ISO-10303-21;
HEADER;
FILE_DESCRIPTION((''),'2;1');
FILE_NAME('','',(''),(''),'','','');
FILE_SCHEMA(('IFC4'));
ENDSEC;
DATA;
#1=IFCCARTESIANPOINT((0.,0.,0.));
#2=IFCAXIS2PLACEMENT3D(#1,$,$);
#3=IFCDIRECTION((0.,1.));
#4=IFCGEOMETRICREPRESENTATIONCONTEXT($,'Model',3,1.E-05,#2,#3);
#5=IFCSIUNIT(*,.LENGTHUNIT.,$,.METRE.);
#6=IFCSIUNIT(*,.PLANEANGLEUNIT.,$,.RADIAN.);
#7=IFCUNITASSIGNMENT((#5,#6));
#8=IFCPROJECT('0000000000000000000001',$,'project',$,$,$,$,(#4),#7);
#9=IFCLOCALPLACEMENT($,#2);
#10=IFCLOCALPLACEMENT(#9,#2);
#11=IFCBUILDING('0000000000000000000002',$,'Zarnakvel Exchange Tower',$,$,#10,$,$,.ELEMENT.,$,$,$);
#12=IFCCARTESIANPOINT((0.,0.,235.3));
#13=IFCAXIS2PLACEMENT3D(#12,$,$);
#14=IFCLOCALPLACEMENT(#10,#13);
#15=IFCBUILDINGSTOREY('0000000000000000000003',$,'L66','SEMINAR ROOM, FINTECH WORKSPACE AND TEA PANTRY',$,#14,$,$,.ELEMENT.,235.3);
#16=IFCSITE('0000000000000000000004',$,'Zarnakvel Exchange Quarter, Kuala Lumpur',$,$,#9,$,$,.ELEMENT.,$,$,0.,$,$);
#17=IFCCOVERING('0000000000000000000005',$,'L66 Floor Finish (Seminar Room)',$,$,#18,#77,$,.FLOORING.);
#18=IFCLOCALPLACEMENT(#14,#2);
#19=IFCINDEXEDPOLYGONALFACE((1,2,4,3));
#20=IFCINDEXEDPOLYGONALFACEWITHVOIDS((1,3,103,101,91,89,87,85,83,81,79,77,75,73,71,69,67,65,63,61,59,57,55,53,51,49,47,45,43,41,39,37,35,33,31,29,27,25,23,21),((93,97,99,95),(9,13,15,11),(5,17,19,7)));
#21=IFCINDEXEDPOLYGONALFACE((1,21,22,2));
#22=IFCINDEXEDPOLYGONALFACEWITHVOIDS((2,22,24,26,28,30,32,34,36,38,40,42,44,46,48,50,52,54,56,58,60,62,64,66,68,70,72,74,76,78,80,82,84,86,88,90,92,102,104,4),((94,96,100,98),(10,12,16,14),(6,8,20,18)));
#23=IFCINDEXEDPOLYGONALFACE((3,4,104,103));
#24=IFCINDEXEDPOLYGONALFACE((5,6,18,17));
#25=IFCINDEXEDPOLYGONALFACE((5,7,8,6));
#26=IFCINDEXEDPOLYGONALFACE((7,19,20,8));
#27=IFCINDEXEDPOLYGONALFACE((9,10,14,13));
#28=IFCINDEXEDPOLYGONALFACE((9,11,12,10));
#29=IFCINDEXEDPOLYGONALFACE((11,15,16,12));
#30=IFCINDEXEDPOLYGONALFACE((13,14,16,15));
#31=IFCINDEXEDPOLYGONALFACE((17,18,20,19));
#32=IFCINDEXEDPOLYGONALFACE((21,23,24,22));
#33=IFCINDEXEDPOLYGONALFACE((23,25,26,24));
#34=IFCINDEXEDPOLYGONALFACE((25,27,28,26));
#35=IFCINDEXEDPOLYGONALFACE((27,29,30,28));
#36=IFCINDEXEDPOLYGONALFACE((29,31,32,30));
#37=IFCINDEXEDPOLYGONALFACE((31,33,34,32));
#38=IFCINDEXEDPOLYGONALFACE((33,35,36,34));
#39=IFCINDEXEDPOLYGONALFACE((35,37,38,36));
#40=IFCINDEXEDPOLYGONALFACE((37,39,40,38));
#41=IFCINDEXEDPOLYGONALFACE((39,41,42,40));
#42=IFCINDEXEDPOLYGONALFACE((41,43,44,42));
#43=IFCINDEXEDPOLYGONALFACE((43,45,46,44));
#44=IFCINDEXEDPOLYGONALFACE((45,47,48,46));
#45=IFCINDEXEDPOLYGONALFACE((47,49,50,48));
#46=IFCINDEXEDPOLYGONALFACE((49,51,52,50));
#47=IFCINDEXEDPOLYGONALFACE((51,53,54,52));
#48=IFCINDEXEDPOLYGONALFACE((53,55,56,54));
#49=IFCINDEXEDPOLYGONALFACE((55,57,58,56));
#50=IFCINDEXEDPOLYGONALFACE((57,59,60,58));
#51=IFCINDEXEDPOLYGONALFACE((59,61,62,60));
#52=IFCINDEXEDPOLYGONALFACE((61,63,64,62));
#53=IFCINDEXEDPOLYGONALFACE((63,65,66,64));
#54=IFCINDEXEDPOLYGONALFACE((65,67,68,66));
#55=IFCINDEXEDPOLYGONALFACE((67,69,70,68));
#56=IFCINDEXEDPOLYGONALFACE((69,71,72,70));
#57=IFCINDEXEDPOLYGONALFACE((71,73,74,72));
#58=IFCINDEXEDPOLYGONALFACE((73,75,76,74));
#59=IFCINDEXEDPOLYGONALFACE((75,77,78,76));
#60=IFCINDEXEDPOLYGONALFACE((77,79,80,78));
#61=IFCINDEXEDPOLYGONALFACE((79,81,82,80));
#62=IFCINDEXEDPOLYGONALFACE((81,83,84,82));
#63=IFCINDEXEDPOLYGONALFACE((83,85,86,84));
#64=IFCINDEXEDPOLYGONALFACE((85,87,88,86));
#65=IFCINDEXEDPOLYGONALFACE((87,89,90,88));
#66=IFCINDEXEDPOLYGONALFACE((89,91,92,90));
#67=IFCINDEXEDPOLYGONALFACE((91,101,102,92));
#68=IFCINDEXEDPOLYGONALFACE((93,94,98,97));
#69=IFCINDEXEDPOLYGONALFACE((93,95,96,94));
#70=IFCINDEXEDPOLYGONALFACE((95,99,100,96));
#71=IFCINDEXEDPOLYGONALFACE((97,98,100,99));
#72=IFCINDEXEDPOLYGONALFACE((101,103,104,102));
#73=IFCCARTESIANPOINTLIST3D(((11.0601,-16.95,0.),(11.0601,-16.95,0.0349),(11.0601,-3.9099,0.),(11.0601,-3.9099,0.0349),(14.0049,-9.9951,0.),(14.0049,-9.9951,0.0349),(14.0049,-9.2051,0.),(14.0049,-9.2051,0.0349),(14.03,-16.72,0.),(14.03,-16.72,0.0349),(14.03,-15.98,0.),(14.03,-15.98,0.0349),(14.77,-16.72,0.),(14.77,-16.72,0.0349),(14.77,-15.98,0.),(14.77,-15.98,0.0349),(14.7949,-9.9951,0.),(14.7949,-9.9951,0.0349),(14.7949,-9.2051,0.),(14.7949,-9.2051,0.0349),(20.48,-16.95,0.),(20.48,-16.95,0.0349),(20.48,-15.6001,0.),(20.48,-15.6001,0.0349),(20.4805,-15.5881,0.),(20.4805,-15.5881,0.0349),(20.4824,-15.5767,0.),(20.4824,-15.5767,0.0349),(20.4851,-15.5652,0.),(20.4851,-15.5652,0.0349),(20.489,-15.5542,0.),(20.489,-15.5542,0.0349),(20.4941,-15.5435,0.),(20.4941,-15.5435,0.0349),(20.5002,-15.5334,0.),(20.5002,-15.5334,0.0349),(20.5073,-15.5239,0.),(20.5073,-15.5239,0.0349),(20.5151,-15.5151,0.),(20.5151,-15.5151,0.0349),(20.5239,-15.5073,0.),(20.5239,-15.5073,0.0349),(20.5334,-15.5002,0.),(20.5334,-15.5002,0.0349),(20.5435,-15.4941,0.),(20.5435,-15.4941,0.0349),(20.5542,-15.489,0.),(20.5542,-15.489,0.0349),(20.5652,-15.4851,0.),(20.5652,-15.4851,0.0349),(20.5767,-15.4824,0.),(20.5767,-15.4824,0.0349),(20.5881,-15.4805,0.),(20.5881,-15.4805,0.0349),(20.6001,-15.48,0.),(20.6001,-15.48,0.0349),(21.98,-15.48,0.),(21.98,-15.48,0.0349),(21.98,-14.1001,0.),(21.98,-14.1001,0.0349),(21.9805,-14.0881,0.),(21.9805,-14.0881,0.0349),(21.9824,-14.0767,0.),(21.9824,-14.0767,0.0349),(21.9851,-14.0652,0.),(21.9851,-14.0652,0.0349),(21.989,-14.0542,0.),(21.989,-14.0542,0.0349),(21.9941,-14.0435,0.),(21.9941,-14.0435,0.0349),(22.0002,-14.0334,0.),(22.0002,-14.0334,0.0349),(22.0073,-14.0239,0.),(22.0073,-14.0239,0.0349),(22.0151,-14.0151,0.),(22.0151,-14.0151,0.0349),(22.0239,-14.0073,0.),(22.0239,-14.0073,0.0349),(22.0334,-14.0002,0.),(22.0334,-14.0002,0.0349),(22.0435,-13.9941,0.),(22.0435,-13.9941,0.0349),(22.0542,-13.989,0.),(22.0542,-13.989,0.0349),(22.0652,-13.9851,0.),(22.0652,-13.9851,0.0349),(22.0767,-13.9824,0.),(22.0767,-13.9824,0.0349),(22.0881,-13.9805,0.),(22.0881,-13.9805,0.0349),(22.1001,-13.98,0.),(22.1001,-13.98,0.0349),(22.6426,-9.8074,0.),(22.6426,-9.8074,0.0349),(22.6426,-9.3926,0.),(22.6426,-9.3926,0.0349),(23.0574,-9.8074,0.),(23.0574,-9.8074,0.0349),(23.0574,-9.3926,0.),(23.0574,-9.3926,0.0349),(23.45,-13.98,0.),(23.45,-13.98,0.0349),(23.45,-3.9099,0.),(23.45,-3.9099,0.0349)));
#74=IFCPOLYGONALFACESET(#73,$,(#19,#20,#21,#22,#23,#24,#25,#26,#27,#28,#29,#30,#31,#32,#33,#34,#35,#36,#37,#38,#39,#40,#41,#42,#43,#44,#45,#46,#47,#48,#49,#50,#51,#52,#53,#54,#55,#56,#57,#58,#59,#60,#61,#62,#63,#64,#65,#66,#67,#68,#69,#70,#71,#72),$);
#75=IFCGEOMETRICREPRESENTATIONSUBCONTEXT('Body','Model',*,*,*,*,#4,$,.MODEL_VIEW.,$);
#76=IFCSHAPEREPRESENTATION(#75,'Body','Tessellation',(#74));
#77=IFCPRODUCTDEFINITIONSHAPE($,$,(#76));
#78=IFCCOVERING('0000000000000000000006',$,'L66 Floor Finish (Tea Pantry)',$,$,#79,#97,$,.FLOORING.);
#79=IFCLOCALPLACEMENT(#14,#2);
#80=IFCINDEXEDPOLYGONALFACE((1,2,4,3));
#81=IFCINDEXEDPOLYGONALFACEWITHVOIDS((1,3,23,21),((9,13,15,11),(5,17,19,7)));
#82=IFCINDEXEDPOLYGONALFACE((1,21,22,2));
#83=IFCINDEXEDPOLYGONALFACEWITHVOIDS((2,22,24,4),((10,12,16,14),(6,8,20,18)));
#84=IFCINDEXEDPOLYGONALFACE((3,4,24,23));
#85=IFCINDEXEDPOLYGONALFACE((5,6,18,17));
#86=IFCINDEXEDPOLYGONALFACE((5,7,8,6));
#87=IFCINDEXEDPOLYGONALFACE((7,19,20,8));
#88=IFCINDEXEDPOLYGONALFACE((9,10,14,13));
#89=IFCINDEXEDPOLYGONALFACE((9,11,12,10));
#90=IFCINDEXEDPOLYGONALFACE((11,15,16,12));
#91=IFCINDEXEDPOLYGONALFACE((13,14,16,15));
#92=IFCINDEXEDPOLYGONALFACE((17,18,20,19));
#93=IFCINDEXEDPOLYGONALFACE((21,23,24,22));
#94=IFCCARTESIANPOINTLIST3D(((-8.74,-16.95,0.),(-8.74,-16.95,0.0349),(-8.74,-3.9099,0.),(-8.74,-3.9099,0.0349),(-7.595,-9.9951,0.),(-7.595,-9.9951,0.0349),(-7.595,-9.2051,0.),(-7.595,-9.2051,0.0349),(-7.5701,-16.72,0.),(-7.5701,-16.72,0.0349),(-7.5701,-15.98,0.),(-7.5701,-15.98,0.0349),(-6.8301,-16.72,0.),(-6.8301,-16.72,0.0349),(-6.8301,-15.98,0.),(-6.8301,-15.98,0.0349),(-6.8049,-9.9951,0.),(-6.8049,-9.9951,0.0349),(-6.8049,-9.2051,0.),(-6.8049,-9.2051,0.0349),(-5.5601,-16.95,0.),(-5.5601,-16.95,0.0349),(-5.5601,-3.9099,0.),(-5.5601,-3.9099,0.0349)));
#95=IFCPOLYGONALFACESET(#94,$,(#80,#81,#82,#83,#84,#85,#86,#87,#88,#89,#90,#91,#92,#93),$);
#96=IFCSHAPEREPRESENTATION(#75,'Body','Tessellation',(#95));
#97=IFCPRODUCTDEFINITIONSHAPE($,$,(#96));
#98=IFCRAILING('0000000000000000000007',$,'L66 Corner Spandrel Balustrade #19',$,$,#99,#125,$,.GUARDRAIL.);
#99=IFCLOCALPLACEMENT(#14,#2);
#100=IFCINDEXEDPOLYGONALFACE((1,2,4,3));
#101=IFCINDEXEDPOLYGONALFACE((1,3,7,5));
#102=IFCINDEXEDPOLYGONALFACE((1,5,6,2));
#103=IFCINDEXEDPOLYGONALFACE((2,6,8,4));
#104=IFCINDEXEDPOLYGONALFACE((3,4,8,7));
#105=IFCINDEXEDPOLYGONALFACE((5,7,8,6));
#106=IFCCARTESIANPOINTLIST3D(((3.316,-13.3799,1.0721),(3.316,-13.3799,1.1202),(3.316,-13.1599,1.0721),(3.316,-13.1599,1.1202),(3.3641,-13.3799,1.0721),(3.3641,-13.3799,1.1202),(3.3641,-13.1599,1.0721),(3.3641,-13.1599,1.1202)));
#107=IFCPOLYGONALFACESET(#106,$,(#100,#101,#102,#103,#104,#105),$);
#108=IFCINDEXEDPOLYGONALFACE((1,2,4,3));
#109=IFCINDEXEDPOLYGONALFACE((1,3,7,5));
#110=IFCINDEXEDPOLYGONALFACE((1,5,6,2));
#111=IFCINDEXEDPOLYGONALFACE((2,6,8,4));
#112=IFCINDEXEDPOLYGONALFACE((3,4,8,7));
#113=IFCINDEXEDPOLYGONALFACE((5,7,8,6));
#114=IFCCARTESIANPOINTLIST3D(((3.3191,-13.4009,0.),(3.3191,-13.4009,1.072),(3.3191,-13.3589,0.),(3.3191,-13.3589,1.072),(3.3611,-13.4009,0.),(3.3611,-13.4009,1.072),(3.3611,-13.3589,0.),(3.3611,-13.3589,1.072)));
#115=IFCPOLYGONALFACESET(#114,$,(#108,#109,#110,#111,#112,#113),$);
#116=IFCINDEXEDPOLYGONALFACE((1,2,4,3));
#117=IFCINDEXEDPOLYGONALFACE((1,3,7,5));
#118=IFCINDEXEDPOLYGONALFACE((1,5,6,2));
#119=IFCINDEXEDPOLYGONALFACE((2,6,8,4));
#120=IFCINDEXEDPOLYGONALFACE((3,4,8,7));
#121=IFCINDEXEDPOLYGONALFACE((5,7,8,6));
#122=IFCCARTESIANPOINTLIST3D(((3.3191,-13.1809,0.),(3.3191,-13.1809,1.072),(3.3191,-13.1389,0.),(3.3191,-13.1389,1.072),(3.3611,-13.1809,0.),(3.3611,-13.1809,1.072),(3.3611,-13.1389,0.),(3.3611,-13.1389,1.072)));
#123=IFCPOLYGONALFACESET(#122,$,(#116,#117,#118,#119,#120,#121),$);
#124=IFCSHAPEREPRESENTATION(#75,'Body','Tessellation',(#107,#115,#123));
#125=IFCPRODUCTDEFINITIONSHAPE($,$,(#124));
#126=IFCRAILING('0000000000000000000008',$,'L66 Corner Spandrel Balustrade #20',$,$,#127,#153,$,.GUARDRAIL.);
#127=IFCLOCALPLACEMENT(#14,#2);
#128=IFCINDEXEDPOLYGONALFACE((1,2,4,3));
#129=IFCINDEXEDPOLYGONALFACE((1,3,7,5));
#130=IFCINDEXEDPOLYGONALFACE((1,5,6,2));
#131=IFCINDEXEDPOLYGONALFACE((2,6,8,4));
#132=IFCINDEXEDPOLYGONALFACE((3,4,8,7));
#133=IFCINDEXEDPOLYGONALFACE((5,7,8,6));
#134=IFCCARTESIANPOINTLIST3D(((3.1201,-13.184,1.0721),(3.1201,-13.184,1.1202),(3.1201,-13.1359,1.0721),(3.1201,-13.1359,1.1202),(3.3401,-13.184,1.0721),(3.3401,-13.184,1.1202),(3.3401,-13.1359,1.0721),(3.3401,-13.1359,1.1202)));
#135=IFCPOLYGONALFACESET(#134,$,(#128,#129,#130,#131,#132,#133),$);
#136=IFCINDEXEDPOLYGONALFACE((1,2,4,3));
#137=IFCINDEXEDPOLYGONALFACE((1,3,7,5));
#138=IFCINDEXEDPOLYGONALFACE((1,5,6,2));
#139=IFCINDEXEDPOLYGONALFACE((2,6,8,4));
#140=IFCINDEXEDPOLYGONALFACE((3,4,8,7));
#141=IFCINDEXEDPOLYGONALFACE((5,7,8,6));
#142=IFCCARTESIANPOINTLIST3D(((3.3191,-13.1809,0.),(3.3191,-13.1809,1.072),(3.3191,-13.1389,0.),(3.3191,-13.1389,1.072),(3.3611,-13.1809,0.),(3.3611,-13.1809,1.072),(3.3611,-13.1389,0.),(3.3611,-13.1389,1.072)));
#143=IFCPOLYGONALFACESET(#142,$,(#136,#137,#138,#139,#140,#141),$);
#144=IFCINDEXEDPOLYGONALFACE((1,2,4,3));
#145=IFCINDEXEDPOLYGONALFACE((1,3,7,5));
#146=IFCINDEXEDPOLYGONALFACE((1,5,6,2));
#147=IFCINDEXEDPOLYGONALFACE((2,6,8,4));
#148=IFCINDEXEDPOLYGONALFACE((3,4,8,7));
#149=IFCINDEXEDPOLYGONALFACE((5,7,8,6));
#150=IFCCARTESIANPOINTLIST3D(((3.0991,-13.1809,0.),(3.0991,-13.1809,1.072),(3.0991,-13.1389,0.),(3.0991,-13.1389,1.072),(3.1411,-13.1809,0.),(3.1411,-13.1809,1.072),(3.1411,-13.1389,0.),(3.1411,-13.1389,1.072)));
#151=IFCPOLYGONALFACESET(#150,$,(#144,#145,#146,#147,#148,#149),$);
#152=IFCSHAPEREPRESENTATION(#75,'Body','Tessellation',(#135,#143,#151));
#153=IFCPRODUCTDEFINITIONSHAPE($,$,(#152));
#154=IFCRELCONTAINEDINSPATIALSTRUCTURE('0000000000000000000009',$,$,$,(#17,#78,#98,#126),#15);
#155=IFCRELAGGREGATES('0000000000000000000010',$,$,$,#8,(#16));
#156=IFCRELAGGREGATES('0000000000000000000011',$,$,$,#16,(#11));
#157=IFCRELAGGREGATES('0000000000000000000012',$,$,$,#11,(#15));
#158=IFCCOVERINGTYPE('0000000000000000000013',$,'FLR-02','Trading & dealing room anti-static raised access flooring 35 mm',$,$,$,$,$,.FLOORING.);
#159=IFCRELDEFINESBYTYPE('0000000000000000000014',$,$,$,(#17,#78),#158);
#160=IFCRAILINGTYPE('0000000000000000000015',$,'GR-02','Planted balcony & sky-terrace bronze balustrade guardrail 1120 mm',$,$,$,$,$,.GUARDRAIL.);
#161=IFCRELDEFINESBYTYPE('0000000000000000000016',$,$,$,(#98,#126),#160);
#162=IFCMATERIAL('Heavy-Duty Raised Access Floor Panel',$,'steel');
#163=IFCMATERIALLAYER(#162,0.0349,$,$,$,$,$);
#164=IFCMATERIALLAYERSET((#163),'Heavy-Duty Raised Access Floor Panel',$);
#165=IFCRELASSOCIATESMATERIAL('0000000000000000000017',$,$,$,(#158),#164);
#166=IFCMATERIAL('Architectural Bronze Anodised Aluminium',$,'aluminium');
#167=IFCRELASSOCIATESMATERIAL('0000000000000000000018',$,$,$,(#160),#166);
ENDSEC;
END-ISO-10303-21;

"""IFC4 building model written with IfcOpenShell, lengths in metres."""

from ifc_helpers import new_model, si_unit, direction, frame, origin, origin_2d, place, context, subcontext, project, spatial, polyline, rectangle, outline, extrude, material, layer, layer_set, type_object, element, save


model = new_model("IFC4")

# Units and contexts
model_context = context("Model", 3, precision=1e-05, world=origin(), true_north=direction((0.0, 1.0)))
body_context = subcontext(model_context, "Body", "Model", "MODEL_VIEW")
ifc_project = project(units=[si_unit("LENGTHUNIT", "METRE"), si_unit("PLANEANGLEUNIT", "RADIAN")], contexts=[model_context])

# Site, building, storey
site_placement = place(None, origin())
site = spatial("IfcSite", under=ifc_project, at=site_placement, Name="Zarnakvel Exchange Quarter, Kuala Lumpur", CompositionType="ELEMENT", RefElevation=0.0)
building_placement = place(site_placement, origin())
building = spatial("IfcBuilding", under=site, at=building_placement, Name="Zarnakvel Exchange Tower", CompositionType="ELEMENT")
storey_placement = place(building_placement, frame((0.0, 0.0, 235.3)))
storey = spatial("IfcBuildingStorey", under=building, at=storey_placement, Name="L66", Description="SEMINAR ROOM, FINTECH WORKSPACE AND TEA PANTRY", CompositionType="ELEMENT", Elevation=235.3)

# Coverings
ifc_material_1 = material(Name="Heavy-Duty Raised Access Floor Panel", Category="steel")
ifc_layer_1 = layer(ifc_material_1, 0.0349)
ifc_layer_set_1 = layer_set([ifc_layer_1], Name="Heavy-Duty Raised Access Floor Panel")
covering_type_1 = type_object("IfcCoveringType", Name="FLR-02", Description="Trading & dealing room anti-static raised access flooring 35 mm", PredefinedType="FLOORING", material=ifc_layer_set_1)
covering_1_placement = place(storey_placement, origin())
element("IfcCovering", 1, at=covering_1_placement, inside=storey, type_object=covering_type_1, Name="L66 Floor Finish (Seminar Room)", PredefinedType="FLOORING", context=body_context, shape_type="SweptSolid", body=[
    extrude(outline(polyline([(11.0601, -3.9099), (23.45, -3.9099), (23.45, -13.98), (22.1001, -13.98), (22.0881, -13.9805), (22.0767, -13.9824), (22.0652, -13.9851), (22.0542, -13.989), (22.0435, -13.9941), (22.0334, -14.0002), (22.0239, -14.0073), (22.0151, -14.0151), (22.0073, -14.0239), (22.0002, -14.0334), (21.9941, -14.0435), (21.989, -14.0542), (21.9851, -14.0652), (21.9824, -14.0767), (21.9805, -14.0881), (21.98, -14.1001), (21.98, -15.48), (20.6001, -15.48), (20.5881, -15.4805), (20.5767, -15.4824), (20.5652, -15.4851), (20.5542, -15.489), (20.5435, -15.4941), (20.5334, -15.5002), (20.5239, -15.5073), (20.5151, -15.5151), (20.5073, -15.5239), (20.5002, -15.5334), (20.4941, -15.5435), (20.489, -15.5542), (20.4851, -15.5652), (20.4824, -15.5767), (20.4805, -15.5881), (20.48, -15.6001), (20.48, -16.95), (11.0601, -16.95), (11.0601, -3.9099)]), holes=[polyline([(23.0574, -9.8074), (23.0574, -9.3926), (22.6426, -9.3926), (22.6426, -9.8074), (23.0574, -9.8074)]), polyline([(14.7949, -9.9951), (14.7949, -9.2051), (14.0049, -9.2051), (14.0049, -9.9951), (14.7949, -9.9951)]), polyline([(14.77, -16.72), (14.77, -15.98), (14.03, -15.98), (14.03, -16.72), (14.77, -16.72)])]), origin(), (0.0, 0.0, 1.0), 0.0349),
])
covering_2_placement = place(storey_placement, origin())
element("IfcCovering", 2, at=covering_2_placement, inside=storey, type_object=covering_type_1, Name="L66 Floor Finish (Tea Pantry)", PredefinedType="FLOORING", context=body_context, shape_type="SweptSolid", body=[
    extrude(outline(polyline([(-8.74, -3.9099), (-5.5601, -3.9099), (-5.5601, -16.95), (-8.74, -16.95), (-8.74, -3.9099)]), holes=[polyline([(-6.8049, -9.9951), (-6.8049, -9.2051), (-7.595, -9.2051), (-7.595, -9.9951), (-6.8049, -9.9951)]), polyline([(-6.8301, -16.72), (-6.8301, -15.98), (-7.5701, -15.98), (-7.5701, -16.72), (-6.8301, -16.72)])]), origin(), (0.0, 0.0, 1.0), 0.0349),
])

# Railings
ifc_material_2 = material(Name="Architectural Bronze Anodised Aluminium", Category="aluminium")
railing_type = type_object("IfcRailingType", Name="GR-02", Description="Planted balcony & sky-terrace bronze balustrade guardrail 1120 mm", PredefinedType="GUARDRAIL", material=ifc_material_2)
railing_1_placement = place(storey_placement, frame((3.3401, -13.3799, 0.0)))
element("IfcRailing", 3, at=railing_1_placement, inside=storey, type_object=railing_type, Name="L66 Corner Spandrel Balustrade #19", PredefinedType="GUARDRAIL", context=body_context, shape_type="SweptSolid", body=[
    extrude(rectangle(XDim=0.0481, YDim=0.0481, at=origin_2d()), frame((0.0, 0.0, 1.0962), z_axis=(0.0, 1.0, 0.0), x_axis=(-1.0, 0.0, 0.0)), (0.0, 0.0, 1.0), 0.22),
    extrude(rectangle(XDim=0.042, YDim=0.042, at=origin_2d()), origin(), (0.0, 0.0, 1.0), 1.072),
    extrude(rectangle(XDim=0.042, YDim=0.042, at=origin_2d()), frame((0.0, 0.22, 0.0)), (0.0, 0.0, 1.0), 1.072),
])
railing_2_placement = place(storey_placement, frame((3.3401, -13.1599, 0.0)))
element("IfcRailing", 4, at=railing_2_placement, inside=storey, type_object=railing_type, Name="L66 Corner Spandrel Balustrade #20", PredefinedType="GUARDRAIL", context=body_context, shape_type="SweptSolid", body=[
    extrude(rectangle(XDim=0.0481, YDim=0.0481, at=origin_2d()), frame((0.0, 0.0, 1.0962), z_axis=(-1.0, 0.0, 0.0), x_axis=(0.0, -1.0, 0.0)), (0.0, 0.0, 1.0), 0.22),
    extrude(rectangle(XDim=0.042, YDim=0.042, at=origin_2d()), origin(), (0.0, 0.0, 1.0), 1.072),
    extrude(rectangle(XDim=0.042, YDim=0.042, at=origin_2d()), frame((-0.22, 0.0, 0.0)), (0.0, 0.0, 1.0), 1.072),
])

save(model, "model.ifc")
